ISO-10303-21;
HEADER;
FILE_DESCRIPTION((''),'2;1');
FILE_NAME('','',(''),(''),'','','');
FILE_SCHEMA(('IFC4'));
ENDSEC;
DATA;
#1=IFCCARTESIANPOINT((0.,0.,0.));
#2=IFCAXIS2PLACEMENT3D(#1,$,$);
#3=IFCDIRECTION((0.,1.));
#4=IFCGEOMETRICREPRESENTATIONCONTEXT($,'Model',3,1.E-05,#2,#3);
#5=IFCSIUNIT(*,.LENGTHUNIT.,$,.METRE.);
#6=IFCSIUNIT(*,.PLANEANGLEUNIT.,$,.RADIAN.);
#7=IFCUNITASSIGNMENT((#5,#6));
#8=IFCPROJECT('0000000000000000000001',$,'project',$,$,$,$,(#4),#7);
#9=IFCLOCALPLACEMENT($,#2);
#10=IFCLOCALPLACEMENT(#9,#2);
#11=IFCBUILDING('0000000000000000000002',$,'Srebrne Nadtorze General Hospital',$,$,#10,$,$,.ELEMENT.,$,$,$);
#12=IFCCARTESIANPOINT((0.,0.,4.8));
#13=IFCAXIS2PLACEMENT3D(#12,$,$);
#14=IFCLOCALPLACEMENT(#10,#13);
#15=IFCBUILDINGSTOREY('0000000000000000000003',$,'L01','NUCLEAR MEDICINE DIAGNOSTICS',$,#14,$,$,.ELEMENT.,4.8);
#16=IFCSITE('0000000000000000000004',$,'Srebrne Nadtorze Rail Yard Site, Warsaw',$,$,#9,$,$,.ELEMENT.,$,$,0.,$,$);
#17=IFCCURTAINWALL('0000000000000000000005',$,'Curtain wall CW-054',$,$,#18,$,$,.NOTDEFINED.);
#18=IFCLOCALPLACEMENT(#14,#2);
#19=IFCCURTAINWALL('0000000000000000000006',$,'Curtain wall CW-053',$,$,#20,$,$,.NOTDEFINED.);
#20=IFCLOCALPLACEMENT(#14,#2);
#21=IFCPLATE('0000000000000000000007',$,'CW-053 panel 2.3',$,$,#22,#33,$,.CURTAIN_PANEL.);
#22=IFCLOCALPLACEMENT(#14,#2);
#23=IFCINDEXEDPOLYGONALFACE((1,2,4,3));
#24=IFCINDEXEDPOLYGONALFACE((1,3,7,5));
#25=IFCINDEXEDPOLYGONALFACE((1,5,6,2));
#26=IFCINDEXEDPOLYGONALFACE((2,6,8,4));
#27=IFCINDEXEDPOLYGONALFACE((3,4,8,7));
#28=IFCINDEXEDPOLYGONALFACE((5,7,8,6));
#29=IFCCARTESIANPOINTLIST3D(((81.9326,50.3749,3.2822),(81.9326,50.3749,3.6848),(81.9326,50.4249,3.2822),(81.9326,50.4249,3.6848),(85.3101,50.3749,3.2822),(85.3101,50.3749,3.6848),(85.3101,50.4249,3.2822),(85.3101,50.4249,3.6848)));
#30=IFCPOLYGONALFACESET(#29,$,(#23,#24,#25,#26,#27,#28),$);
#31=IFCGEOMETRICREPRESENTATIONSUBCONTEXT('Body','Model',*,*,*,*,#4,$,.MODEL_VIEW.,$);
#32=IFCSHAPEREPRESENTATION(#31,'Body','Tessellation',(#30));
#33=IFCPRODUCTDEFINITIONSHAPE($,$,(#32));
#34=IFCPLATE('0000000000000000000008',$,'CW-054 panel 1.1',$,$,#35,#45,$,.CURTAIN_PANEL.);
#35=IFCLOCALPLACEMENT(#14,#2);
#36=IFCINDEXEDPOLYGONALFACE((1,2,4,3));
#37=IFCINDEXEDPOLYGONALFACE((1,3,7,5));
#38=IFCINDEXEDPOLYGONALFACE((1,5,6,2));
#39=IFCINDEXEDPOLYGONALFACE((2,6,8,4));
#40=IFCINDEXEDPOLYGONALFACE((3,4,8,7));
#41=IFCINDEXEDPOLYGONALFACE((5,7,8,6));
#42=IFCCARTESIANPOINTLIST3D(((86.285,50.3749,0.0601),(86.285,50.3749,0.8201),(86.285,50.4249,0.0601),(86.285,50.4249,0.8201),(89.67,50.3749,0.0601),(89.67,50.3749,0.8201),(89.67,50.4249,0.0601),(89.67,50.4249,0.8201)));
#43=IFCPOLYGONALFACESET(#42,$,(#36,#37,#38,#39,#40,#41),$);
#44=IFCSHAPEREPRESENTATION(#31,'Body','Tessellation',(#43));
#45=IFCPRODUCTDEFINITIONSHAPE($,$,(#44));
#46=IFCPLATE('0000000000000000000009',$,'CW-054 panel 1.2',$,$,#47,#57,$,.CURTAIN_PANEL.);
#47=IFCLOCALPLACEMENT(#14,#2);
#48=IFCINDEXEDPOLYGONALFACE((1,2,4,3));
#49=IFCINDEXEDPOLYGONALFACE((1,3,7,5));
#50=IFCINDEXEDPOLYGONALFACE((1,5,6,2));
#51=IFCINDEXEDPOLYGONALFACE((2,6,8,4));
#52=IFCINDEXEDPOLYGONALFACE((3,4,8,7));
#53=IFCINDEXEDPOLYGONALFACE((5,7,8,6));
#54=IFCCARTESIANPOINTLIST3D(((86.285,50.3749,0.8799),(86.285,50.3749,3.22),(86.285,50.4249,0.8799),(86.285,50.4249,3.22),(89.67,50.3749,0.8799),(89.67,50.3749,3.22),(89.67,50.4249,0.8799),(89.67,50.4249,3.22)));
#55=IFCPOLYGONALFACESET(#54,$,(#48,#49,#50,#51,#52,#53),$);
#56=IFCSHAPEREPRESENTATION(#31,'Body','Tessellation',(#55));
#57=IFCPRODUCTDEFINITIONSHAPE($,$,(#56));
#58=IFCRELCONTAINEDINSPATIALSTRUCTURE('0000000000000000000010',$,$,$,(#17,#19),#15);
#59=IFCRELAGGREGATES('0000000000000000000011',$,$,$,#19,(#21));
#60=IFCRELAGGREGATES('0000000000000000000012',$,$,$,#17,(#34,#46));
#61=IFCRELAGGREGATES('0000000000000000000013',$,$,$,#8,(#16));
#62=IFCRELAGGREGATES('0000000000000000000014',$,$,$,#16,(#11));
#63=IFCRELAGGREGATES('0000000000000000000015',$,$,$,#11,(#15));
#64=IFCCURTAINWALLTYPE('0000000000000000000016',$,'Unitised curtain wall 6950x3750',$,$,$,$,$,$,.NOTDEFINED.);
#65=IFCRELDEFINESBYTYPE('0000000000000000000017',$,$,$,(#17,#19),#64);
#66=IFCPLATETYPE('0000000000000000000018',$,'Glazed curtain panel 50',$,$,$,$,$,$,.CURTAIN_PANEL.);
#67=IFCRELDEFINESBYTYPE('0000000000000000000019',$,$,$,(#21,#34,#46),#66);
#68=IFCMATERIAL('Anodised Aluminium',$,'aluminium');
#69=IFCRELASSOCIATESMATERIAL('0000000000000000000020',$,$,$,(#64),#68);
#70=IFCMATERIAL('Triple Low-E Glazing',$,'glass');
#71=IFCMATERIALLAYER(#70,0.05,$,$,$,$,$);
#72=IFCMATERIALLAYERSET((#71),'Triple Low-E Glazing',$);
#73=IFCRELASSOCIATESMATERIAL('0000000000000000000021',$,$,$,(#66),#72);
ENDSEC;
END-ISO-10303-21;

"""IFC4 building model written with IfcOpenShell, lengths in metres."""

from ifc_helpers import new_model, si_unit, direction, frame, origin, origin_2d, place, context, subcontext, project, spatial, rectangle, extrude, material, layer, layer_set, type_object, element, aggregate, save


model = new_model("IFC4")

# Units and contexts
model_context = context("Model", 3, precision=1e-05, world=origin(), true_north=direction((0.0, 1.0)))
body_context = subcontext(model_context, "Body", "Model", "MODEL_VIEW")
ifc_project = project(units=[si_unit("LENGTHUNIT", "METRE"), si_unit("PLANEANGLEUNIT", "RADIAN")], contexts=[model_context])

# Site, building, storey
site_placement = place(None, origin())
site = spatial("IfcSite", under=ifc_project, at=site_placement, Name="Srebrne Nadtorze Rail Yard Site, Warsaw", CompositionType="ELEMENT", RefElevation=0.0)
building_placement = place(site_placement, origin())
building = spatial("IfcBuilding", under=site, at=building_placement, Name="Srebrne Nadtorze General Hospital", CompositionType="ELEMENT")
storey_placement = place(building_placement, frame((0.0, 0.0, 4.8)))
storey = spatial("IfcBuildingStorey", under=building, at=storey_placement, Name="L01", Description="NUCLEAR MEDICINE DIAGNOSTICS", CompositionType="ELEMENT", Elevation=4.8)

# Curtain wall
ifc_material_1 = material(Name="Anodised Aluminium", Category="aluminium")
curtain_wall_type = type_object("IfcCurtainWallType", Name="Unitised curtain wall 6950x3750", PredefinedType="NOTDEFINED", material=ifc_material_1)
curtain_wall_1_placement = place(storey_placement, origin())
curtain_wall_1 = element("IfcCurtainWall", 1, at=curtain_wall_1_placement, inside=storey, type_object=curtain_wall_type, Name="Curtain wall CW-054", PredefinedType="NOTDEFINED")

# Curtain wall
curtain_wall_2_placement = place(storey_placement, origin())
curtain_wall_2 = element("IfcCurtainWall", 2, at=curtain_wall_2_placement, inside=storey, type_object=curtain_wall_type, Name="Curtain wall CW-053", PredefinedType="NOTDEFINED")

# Plates
ifc_material_2 = material(Name="Triple Low-E Glazing", Category="glass")
ifc_layer = layer(ifc_material_2, 0.05)
ifc_layer_set = layer_set([ifc_layer], Name="Triple Low-E Glazing")
plate_type = type_object("IfcPlateType", Name="Glazed curtain panel 50", PredefinedType="CURTAIN_PANEL", material=ifc_layer_set)
plate_1_placement = place(storey_placement, frame((83.6213, 50.3999, 3.2822), z_axis=(0.0, 0.0, 1.0), x_axis=(1.0, 0.0, 0.0)))
plate_1 = element("IfcPlate", 3, at=plate_1_placement, type_object=plate_type, Name="CW-053 panel 2.3", PredefinedType="CURTAIN_PANEL", context=body_context, shape_type="SweptSolid", body=[
    extrude(rectangle(XDim=3.3774, YDim=0.05, at=origin_2d()), origin(), (0.0, 0.0, 1.0), 0.4026),
])
aggregate(curtain_wall_2, [plate_1])
plate_2_placement = place(storey_placement, frame((87.9775, 50.3999, 0.0601), z_axis=(0.0, 0.0, 1.0), x_axis=(1.0, 0.0, 0.0)))
plate_2 = element("IfcPlate", 4, at=plate_2_placement, type_object=plate_type, Name="CW-054 panel 1.1", PredefinedType="CURTAIN_PANEL", context=body_context, shape_type="SweptSolid", body=[
    extrude(rectangle(XDim=3.385, YDim=0.05, at=origin_2d()), origin(), (0.0, 0.0, 1.0), 0.76),
])
plate_3_placement = place(storey_placement, frame((87.9775, 50.3999, 0.8799), z_axis=(0.0, 0.0, 1.0), x_axis=(1.0, 0.0, 0.0)))
plate_3 = element("IfcPlate", 5, at=plate_3_placement, type_object=plate_type, Name="CW-054 panel 1.2", PredefinedType="CURTAIN_PANEL", context=body_context, shape_type="SweptSolid", body=[
    extrude(rectangle(XDim=3.385, YDim=0.05, at=origin_2d()), origin(), (0.0, 0.0, 1.0), 2.3401),
])
aggregate(curtain_wall_1, [plate_2, plate_3])

save(model, "model.ifc")
